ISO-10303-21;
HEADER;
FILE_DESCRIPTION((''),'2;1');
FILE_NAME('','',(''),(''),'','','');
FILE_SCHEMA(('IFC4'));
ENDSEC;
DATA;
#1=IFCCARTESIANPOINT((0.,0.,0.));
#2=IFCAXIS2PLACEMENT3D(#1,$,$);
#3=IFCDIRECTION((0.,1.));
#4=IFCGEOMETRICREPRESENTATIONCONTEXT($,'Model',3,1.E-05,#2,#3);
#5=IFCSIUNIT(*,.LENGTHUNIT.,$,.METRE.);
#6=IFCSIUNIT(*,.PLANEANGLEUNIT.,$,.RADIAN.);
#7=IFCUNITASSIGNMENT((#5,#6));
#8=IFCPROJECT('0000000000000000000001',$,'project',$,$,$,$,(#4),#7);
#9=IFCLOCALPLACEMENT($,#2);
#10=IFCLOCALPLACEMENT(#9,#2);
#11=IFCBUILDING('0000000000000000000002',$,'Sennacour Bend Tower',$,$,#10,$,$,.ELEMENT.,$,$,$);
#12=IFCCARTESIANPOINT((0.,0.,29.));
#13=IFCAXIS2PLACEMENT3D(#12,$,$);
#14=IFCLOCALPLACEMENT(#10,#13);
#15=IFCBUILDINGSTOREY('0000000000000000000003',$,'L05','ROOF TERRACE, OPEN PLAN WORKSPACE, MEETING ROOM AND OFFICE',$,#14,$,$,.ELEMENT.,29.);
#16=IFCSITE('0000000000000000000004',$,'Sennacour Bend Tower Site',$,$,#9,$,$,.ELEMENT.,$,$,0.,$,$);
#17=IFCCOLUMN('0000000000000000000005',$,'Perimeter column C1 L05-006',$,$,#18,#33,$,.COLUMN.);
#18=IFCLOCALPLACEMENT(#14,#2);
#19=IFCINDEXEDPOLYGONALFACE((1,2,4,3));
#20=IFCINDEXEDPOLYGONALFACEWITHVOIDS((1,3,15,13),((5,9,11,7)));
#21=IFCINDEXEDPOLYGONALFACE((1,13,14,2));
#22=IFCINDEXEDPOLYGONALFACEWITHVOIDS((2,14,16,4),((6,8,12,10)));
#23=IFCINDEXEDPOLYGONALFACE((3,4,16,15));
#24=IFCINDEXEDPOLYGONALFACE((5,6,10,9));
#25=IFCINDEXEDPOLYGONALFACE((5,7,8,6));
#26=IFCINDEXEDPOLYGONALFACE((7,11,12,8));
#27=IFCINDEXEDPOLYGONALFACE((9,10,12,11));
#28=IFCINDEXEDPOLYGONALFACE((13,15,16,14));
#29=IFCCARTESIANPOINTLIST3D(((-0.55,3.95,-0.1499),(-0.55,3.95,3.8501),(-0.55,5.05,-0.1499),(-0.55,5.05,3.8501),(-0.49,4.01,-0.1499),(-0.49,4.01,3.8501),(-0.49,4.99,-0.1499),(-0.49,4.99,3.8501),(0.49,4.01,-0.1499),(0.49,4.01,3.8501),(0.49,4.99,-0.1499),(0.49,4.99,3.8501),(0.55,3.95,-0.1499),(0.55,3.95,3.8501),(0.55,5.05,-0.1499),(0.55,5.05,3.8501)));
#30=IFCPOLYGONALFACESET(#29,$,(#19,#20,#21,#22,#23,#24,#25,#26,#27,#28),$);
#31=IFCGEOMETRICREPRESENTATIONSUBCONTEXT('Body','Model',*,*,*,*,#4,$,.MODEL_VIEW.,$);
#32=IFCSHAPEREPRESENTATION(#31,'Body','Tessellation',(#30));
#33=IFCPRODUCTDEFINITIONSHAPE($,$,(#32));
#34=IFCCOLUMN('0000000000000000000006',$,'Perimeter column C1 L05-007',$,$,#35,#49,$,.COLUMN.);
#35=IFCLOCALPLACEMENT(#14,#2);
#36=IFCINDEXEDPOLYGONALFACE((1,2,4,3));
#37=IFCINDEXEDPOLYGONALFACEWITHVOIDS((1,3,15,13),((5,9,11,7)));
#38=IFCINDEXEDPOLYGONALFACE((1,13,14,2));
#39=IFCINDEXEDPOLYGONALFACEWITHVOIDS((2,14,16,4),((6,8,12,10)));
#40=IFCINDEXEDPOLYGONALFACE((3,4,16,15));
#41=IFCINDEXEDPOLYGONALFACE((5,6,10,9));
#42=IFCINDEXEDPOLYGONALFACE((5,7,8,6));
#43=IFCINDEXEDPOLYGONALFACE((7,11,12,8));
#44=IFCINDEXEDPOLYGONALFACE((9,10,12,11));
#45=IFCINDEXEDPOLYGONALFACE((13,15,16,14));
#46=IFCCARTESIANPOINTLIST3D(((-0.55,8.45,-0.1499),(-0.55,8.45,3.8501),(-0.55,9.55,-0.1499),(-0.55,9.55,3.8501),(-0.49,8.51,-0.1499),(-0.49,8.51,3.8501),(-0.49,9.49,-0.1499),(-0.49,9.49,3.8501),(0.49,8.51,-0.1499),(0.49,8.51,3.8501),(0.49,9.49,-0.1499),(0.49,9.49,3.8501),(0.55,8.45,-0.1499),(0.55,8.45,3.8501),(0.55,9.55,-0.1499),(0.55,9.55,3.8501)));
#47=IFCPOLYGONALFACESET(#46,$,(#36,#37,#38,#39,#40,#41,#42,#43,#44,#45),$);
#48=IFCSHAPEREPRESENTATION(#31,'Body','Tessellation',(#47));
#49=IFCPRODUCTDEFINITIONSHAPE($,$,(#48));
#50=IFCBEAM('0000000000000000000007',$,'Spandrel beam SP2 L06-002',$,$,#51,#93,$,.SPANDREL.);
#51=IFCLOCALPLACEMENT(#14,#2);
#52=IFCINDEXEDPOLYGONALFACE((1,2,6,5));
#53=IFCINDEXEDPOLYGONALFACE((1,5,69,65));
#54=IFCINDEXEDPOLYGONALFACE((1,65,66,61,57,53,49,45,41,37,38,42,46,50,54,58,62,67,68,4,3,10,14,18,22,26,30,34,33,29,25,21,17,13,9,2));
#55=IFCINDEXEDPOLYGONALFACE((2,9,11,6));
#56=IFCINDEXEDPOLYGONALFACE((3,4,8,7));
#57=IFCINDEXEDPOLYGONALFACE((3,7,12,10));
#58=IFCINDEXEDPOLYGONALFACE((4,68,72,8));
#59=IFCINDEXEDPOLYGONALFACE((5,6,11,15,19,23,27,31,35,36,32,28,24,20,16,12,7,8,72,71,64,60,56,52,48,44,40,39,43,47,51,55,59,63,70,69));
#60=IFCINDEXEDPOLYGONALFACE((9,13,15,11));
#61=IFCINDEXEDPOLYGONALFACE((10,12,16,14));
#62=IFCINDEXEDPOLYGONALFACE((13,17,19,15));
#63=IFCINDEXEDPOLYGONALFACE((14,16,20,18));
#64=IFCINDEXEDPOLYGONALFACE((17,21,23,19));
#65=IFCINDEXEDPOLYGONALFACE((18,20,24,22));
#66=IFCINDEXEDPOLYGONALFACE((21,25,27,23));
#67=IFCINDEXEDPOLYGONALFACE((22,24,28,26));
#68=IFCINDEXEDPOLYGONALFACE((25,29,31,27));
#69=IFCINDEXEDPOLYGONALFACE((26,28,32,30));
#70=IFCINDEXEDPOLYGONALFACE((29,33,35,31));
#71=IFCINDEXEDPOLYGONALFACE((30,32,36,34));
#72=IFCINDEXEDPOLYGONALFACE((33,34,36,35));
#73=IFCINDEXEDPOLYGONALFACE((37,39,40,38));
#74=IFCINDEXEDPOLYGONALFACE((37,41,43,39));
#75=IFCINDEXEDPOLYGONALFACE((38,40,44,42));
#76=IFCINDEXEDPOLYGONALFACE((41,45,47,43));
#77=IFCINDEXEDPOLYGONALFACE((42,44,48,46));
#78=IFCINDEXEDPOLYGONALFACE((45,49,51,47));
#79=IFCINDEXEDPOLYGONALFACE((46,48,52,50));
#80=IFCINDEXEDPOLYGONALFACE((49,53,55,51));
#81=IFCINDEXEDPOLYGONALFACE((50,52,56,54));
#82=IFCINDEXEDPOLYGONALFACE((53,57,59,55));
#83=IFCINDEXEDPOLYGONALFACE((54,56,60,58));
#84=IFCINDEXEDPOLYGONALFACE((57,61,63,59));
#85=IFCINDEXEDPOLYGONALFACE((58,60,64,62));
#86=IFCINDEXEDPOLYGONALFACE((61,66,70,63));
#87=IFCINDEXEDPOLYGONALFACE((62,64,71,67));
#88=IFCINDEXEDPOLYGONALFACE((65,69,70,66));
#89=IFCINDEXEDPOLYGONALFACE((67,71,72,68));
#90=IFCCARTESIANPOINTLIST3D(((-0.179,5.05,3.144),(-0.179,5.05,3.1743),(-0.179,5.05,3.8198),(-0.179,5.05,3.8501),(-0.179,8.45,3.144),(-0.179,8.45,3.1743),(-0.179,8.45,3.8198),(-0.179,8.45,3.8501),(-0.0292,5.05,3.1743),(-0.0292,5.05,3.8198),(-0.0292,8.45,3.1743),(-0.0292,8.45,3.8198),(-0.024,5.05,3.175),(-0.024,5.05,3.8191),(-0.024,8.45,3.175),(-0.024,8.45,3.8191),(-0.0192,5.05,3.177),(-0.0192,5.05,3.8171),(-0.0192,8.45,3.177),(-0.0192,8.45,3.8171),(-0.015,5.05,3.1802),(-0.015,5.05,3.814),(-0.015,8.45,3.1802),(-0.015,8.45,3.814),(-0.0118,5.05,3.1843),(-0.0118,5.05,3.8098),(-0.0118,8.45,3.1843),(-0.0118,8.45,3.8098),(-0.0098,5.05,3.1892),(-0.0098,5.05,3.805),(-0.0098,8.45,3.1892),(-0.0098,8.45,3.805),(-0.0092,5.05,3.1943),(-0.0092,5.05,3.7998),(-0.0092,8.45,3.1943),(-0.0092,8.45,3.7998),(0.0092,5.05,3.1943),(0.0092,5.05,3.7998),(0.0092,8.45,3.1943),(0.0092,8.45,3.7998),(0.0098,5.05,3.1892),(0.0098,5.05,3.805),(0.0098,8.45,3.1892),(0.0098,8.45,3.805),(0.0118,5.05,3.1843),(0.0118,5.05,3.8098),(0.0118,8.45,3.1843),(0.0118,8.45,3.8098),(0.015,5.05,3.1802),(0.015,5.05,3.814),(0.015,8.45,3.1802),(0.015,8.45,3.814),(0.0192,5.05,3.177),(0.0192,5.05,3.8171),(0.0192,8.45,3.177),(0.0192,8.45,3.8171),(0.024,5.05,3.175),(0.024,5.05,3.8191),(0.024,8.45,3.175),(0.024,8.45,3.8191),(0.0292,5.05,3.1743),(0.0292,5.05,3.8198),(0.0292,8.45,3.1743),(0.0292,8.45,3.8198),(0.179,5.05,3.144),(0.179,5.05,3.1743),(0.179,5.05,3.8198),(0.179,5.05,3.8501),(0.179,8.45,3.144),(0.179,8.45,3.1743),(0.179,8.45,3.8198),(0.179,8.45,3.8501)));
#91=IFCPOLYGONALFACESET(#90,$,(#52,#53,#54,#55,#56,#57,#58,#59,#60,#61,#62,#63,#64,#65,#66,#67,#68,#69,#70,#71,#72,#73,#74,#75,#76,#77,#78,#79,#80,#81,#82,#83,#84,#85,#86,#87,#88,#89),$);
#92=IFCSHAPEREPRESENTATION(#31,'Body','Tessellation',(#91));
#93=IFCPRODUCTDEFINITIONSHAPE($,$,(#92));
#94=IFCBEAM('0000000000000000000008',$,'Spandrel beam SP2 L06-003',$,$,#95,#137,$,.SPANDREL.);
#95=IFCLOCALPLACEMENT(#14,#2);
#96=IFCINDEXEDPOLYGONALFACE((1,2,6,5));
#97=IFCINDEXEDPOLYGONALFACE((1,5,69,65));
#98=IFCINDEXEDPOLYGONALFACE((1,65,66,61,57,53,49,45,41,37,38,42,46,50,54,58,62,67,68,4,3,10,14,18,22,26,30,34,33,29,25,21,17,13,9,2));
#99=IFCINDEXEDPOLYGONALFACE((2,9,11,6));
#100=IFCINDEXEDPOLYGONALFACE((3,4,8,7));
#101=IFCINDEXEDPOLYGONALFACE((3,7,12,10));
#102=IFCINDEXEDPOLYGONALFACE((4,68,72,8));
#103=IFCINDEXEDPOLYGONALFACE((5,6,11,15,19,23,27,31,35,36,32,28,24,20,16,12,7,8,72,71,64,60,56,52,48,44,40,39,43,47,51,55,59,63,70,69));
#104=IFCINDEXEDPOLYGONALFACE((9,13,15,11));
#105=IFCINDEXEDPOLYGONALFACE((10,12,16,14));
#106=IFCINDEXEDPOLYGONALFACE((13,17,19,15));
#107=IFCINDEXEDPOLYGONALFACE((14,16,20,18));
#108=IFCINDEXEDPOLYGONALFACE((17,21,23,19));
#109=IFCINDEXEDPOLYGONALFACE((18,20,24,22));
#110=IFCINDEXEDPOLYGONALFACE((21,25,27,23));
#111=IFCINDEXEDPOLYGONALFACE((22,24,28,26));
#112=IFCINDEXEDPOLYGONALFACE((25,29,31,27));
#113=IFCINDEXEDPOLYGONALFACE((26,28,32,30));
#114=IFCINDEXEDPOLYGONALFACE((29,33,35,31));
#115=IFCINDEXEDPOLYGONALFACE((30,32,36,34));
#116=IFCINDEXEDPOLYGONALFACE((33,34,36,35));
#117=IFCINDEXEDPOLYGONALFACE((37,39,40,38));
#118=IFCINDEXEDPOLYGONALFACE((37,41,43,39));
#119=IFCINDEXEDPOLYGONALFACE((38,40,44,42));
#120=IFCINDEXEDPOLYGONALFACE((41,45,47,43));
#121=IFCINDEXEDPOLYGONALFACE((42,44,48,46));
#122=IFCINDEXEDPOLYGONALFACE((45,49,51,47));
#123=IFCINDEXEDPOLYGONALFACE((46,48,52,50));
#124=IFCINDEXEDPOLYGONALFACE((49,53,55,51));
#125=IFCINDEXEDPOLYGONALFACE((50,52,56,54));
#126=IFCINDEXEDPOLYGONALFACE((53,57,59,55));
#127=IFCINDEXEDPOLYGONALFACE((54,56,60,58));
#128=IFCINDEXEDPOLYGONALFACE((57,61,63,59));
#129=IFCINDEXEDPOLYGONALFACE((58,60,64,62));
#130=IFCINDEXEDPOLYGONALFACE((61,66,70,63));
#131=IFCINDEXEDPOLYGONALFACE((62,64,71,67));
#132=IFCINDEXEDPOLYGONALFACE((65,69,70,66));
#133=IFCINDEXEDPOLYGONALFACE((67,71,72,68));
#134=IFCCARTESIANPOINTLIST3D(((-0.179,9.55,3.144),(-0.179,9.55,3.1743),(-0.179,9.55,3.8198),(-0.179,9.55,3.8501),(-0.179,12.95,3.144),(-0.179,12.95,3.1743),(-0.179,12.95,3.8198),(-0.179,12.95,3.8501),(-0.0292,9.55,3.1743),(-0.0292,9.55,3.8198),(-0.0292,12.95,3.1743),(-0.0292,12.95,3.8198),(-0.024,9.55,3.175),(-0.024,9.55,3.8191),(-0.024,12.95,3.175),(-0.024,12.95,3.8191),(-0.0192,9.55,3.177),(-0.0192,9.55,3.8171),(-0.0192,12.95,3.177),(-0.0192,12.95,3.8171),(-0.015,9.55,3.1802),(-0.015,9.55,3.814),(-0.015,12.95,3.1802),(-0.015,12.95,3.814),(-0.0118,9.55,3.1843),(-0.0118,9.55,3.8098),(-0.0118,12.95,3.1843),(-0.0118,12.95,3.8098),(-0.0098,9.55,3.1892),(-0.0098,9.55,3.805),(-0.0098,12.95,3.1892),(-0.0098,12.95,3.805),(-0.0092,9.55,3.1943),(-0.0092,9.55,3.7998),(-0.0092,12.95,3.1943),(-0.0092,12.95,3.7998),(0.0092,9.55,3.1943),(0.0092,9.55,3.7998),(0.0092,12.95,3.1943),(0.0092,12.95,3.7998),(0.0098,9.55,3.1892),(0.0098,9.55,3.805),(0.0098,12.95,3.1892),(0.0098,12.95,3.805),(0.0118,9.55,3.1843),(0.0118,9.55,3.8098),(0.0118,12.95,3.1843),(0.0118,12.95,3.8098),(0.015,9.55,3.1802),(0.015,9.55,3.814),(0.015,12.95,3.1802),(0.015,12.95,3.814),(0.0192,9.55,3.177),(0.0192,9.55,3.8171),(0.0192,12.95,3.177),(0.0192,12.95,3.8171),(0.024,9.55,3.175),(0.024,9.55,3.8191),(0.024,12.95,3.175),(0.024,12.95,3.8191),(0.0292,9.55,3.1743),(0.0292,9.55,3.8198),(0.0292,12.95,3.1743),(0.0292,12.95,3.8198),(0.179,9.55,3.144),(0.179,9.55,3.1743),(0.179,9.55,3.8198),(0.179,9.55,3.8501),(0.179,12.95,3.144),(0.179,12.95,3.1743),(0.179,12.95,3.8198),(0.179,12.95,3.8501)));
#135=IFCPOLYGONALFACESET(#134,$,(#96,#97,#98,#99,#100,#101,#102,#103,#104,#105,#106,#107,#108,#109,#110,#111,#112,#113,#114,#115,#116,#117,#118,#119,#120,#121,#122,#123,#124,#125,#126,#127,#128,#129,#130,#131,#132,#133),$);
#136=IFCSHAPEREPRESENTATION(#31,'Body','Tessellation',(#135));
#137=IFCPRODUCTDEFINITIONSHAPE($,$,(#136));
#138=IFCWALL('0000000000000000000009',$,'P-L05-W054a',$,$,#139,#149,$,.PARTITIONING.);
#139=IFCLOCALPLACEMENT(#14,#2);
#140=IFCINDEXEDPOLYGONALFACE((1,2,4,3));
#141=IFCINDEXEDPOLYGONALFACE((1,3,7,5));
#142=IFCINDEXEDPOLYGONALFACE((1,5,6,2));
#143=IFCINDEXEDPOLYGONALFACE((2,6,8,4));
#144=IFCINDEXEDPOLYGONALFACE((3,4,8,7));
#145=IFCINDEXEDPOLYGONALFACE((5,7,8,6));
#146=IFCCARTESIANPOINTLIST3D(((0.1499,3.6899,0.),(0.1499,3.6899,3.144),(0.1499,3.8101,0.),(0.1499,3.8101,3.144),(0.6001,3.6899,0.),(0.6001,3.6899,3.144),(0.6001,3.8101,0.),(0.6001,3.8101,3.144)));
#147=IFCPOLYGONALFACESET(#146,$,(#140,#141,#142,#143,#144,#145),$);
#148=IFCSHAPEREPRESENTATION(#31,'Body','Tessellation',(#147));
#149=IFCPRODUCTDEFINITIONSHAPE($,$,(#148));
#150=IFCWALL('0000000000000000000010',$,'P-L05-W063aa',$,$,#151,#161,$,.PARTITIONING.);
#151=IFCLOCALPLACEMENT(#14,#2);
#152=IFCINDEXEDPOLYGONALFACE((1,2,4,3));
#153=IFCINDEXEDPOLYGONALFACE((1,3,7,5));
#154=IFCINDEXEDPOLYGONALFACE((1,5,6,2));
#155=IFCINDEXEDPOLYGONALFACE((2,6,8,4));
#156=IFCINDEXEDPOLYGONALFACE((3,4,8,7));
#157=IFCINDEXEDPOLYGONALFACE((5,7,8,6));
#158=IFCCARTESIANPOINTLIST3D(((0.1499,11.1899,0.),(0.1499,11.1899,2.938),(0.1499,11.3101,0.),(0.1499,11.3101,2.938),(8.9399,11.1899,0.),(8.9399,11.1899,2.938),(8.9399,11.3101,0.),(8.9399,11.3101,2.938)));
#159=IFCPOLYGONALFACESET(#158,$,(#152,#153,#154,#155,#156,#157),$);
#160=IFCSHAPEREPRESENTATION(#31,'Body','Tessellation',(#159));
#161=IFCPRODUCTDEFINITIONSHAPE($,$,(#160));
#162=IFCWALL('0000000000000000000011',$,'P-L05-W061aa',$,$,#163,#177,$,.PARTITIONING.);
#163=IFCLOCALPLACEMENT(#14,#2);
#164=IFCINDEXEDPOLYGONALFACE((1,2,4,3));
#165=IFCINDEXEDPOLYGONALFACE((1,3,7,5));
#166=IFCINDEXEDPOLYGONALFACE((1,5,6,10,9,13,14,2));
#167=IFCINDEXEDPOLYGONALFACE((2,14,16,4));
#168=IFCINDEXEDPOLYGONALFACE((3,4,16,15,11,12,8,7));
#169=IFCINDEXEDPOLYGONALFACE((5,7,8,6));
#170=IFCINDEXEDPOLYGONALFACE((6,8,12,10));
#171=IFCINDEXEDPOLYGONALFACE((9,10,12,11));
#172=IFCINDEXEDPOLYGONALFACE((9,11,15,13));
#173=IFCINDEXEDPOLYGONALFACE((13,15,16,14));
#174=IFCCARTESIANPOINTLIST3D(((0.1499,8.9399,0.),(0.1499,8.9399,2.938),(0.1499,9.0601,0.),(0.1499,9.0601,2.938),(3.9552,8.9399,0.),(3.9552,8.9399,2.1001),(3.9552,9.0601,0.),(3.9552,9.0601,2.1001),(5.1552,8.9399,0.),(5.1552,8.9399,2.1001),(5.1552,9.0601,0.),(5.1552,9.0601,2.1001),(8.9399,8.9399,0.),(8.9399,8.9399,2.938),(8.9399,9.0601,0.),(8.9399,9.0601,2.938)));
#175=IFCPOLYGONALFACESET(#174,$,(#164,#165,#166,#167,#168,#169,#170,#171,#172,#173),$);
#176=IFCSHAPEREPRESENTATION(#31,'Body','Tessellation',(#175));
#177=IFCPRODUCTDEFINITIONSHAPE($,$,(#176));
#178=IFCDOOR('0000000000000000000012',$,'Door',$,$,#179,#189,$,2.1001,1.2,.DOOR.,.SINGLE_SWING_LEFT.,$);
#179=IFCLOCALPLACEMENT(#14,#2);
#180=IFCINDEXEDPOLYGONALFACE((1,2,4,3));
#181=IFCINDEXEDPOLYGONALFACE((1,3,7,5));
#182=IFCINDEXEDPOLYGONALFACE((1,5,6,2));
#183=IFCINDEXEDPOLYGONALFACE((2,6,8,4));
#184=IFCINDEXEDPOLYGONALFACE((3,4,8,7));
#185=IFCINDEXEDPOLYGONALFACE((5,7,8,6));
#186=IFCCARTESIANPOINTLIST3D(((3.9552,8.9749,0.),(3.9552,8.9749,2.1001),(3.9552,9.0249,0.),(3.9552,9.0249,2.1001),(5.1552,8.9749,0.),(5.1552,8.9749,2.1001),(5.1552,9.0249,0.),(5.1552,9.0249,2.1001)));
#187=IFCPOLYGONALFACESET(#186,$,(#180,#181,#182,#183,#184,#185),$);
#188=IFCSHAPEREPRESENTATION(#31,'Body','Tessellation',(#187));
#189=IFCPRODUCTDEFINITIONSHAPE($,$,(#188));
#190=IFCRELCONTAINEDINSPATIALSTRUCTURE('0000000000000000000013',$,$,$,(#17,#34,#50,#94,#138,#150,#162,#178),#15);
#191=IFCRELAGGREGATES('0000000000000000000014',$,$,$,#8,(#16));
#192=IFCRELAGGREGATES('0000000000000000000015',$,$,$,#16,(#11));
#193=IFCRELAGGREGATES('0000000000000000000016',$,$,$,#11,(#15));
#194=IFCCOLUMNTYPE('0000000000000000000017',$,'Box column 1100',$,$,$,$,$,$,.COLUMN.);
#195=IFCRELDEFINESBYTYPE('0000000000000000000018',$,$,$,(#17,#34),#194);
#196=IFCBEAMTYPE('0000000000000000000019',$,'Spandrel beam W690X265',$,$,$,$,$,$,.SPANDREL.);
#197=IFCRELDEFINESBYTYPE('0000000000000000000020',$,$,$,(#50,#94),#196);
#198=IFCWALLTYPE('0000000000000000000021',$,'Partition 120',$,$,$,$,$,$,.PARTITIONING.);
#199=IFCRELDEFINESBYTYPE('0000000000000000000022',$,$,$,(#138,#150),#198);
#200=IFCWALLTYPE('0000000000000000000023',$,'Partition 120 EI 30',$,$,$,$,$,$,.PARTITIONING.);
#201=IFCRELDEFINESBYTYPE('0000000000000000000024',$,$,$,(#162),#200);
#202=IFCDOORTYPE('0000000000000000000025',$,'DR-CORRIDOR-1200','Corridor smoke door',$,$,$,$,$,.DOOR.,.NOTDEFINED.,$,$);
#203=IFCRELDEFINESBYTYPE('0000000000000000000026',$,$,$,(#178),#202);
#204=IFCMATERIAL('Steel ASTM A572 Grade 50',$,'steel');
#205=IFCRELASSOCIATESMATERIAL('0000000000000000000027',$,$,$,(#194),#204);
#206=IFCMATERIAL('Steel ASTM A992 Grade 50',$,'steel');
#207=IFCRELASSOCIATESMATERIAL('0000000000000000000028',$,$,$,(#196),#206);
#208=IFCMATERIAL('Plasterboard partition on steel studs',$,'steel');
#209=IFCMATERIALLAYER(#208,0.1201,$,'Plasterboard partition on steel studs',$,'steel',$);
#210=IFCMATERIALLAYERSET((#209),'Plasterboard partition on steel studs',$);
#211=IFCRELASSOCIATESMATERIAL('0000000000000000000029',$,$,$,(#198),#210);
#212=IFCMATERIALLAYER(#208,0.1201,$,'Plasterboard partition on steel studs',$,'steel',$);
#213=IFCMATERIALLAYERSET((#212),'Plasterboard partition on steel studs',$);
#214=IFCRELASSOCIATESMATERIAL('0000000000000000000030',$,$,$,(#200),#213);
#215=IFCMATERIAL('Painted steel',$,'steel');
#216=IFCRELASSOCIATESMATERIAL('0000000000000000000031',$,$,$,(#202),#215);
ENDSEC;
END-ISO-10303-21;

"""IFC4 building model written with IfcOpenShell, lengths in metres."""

from ifc_helpers import new_model, si_unit, direction, frame, frame_2d, origin, origin_2d, place, context, subcontext, project, spatial, rectangle, hollow_rectangle, i_section, extrude, material, layer, layer_set, material_profile, profile_set, type_object, element, fill, save


model = new_model("IFC4")

# Units and contexts
model_context = context("Model", 3, precision=1e-05, world=origin(), true_north=direction((0.0, 1.0)))
body_context = subcontext(model_context, "Body", "Model", "MODEL_VIEW")
ifc_project = project(units=[si_unit("LENGTHUNIT", "METRE"), si_unit("PLANEANGLEUNIT", "RADIAN")], contexts=[model_context])

# Site, building, storey
site_placement = place(None, origin())
site = spatial("IfcSite", under=ifc_project, at=site_placement, Name="Sennacour Bend Tower Site", CompositionType="ELEMENT", RefElevation=0.0)
building_placement = place(site_placement, origin())
building = spatial("IfcBuilding", under=site, at=building_placement, Name="Sennacour Bend Tower", CompositionType="ELEMENT")
storey_placement = place(building_placement, frame((0.0, 0.0, 29.0)))
storey = spatial("IfcBuildingStorey", under=building, at=storey_placement, Name="L05", Description="ROOF TERRACE, OPEN PLAN WORKSPACE, MEETING ROOM AND OFFICE", CompositionType="ELEMENT", Elevation=29.0)

# Columns
ifc_material_1 = material(Name="Steel ASTM A572 Grade 50", Category="steel")
ifc_material_profile_1 = material_profile(ifc_material_1, hollow_rectangle(XDim=1.1001, YDim=1.1001, WallThickness=0.0601, at=origin_2d()), Name="Steel ASTM A572 Grade 50", Category="steel")
ifc_profile_set_1 = profile_set([ifc_material_profile_1], Name="Steel ASTM A572 Grade 50")
column_type = type_object("IfcColumnType", Name="Box column 1100", PredefinedType="COLUMN", material=ifc_profile_set_1)
for number, where, z_axis, x_axis, name in (
    (1, (0.0, 4.5, -0.1499), (0.0, 0.0, 1.0), (1.0, 0.0, 0.0), "Perimeter column C1 L05-006"),
    (2, (0.0, 9.0, -0.1499), (0.0, 0.0, 1.0), (1.0, 0.0, 0.0), "Perimeter column C1 L05-007"),
):
    element("IfcColumn", number, at=place(storey_placement, frame(where, z_axis=z_axis, x_axis=x_axis)), inside=storey, type_object=column_type, Name=name, PredefinedType="COLUMN", context=body_context, shape_type="SweptSolid", body=[
        extrude(hollow_rectangle(XDim=1.1001, YDim=1.1001, WallThickness=0.0601, at=origin_2d()), origin(), (0.0, 0.0, 1.0), 4.0),
    ])

# Beams
ifc_material_2 = material(Name="Steel ASTM A992 Grade 50", Category="steel")
ifc_material_profile_2 = material_profile(ifc_material_2, i_section(OverallWidth=0.3579, OverallDepth=0.7061, WebThickness=0.0183, FlangeThickness=0.0303, FilletRadius=0.02, at=origin_2d()), Name="Steel ASTM A992 Grade 50", Category="steel")
ifc_profile_set_2 = profile_set([ifc_material_profile_2], Name="Steel ASTM A992 Grade 50")
beam_type = type_object("IfcBeamType", Name="Spandrel beam W690X265", PredefinedType="SPANDREL", material=ifc_profile_set_2)
for number, where, z_axis, x_axis, name in (
    (3, (0.0, 5.05, 3.4971), (0.0, 1.0, 0.0), (-1.0, 0.0, 0.0), "Spandrel beam SP2 L06-002"),
    (4, (0.0, 9.55, 3.4971), (0.0, 1.0, 0.0), (-1.0, 0.0, 0.0), "Spandrel beam SP2 L06-003"),
):
    element("IfcBeam", number, at=place(storey_placement, frame(where, z_axis=z_axis, x_axis=x_axis)), inside=storey, type_object=beam_type, Name=name, PredefinedType="SPANDREL", context=body_context, shape_type="SweptSolid", body=[
        extrude(i_section(OverallWidth=0.3579, OverallDepth=0.7061, WebThickness=0.0183, FlangeThickness=0.0303, FilletRadius=0.02, at=origin_2d()), origin(), (0.0, 0.0, 1.0), 3.3999),
    ])

# Walls
ifc_material_3 = material(Name="Plasterboard partition on steel studs", Category="steel")
ifc_layer_1 = layer(ifc_material_3, 0.1201, Name="Plasterboard partition on steel studs", Category="steel")
ifc_layer_set_1 = layer_set([ifc_layer_1], Name="Plasterboard partition on steel studs")
wall_type_1 = type_object("IfcWallType", Name="Partition 120", PredefinedType="PARTITIONING", material=ifc_layer_set_1)
wall_1_placement = place(storey_placement, frame((0.1499, 3.75, 0.0), z_axis=(0.0, 0.0, 1.0), x_axis=(1.0, 0.0, 0.0)))
element("IfcWall", 5, at=wall_1_placement, inside=storey, type_object=wall_type_1, Name="P-L05-W054a", PredefinedType="PARTITIONING", context=body_context, shape_type="SweptSolid", body=[
    extrude(rectangle(XDim=0.4502, YDim=0.1201, at=frame_2d((0.2251, 0.0))), origin(), (0.0, 0.0, 1.0), 3.144),
])
wall_2_placement = place(storey_placement, frame((0.1499, 11.25, 0.0), z_axis=(0.0, 0.0, 1.0), x_axis=(1.0, 0.0, 0.0)))
element("IfcWall", 6, at=wall_2_placement, inside=storey, type_object=wall_type_1, Name="P-L05-W063aa", PredefinedType="PARTITIONING", context=body_context, shape_type="SweptSolid", body=[
    extrude(rectangle(XDim=8.79, YDim=0.1201, at=frame_2d((4.395, 0.0))), origin(), (0.0, 0.0, 1.0), 2.938),
])

# Wall, opening, door
ifc_layer_2 = layer(ifc_material_3, 0.1201, Name="Plasterboard partition on steel studs", Category="steel")
ifc_layer_set_2 = layer_set([ifc_layer_2], Name="Plasterboard partition on steel studs")
wall_type_2 = type_object("IfcWallType", Name="Partition 120 EI 30", PredefinedType="PARTITIONING", material=ifc_layer_set_2)
wall_3_placement = place(storey_placement, frame((0.1499, 9.0, 0.0), z_axis=(0.0, 0.0, 1.0), x_axis=(1.0, 0.0, 0.0)))
wall_3 = element("IfcWall", 7, at=wall_3_placement, inside=storey, type_object=wall_type_2, Name="P-L05-W061aa", PredefinedType="PARTITIONING", context=body_context, shape_type="SweptSolid", body=[
    extrude(rectangle(XDim=8.79, YDim=0.1201, at=frame_2d((4.395, 0.0))), origin(), (0.0, 0.0, 1.0), 2.938),
])
opening_1_placement = place(wall_3_placement, frame((3.8052, 0.0, 0.0)))
opening_1 = element("IfcOpeningElement", 8, at=opening_1_placement, cuts=wall_3, PredefinedType="OPENING", context=body_context, shape_type="SweptSolid", body=[
    extrude(rectangle(XDim=1.2, YDim=2.1001, at=frame_2d((0.6001, 1.05))), frame((0.0, 0.0701, 0.0), z_axis=(0.0, -1.0, 0.0), x_axis=(1.0, 0.0, 0.0)), (0.0, 0.0, 1.0), 0.1401),
])
ifc_material_4 = material(Name="Painted steel", Category="steel")
door_type_1 = type_object("IfcDoorType", Name="DR-CORRIDOR-1200", Description="Corridor smoke door", OperationType="NOTDEFINED", PredefinedType="DOOR", material=ifc_material_4)
door_1_placement = place(opening_1_placement, origin())
door_1 = element("IfcDoor", 9, at=door_1_placement, inside=storey, type_object=door_type_1, Name="Door", OperationType="SINGLE_SWING_LEFT", OverallHeight=2.1001, OverallWidth=1.2, PredefinedType="DOOR", context=body_context, shape_type="SweptSolid", body=[
    extrude(rectangle(XDim=1.2, YDim=2.1001, at=frame_2d((0.6001, 1.05))), frame((0.0, 0.0249, 0.0), z_axis=(0.0, -1.0, 0.0), x_axis=(1.0, 0.0, 0.0)), (0.0, 0.0, 1.0), 0.05),
])
fill(opening_1, door_1)

save(model, "model.ifc")
